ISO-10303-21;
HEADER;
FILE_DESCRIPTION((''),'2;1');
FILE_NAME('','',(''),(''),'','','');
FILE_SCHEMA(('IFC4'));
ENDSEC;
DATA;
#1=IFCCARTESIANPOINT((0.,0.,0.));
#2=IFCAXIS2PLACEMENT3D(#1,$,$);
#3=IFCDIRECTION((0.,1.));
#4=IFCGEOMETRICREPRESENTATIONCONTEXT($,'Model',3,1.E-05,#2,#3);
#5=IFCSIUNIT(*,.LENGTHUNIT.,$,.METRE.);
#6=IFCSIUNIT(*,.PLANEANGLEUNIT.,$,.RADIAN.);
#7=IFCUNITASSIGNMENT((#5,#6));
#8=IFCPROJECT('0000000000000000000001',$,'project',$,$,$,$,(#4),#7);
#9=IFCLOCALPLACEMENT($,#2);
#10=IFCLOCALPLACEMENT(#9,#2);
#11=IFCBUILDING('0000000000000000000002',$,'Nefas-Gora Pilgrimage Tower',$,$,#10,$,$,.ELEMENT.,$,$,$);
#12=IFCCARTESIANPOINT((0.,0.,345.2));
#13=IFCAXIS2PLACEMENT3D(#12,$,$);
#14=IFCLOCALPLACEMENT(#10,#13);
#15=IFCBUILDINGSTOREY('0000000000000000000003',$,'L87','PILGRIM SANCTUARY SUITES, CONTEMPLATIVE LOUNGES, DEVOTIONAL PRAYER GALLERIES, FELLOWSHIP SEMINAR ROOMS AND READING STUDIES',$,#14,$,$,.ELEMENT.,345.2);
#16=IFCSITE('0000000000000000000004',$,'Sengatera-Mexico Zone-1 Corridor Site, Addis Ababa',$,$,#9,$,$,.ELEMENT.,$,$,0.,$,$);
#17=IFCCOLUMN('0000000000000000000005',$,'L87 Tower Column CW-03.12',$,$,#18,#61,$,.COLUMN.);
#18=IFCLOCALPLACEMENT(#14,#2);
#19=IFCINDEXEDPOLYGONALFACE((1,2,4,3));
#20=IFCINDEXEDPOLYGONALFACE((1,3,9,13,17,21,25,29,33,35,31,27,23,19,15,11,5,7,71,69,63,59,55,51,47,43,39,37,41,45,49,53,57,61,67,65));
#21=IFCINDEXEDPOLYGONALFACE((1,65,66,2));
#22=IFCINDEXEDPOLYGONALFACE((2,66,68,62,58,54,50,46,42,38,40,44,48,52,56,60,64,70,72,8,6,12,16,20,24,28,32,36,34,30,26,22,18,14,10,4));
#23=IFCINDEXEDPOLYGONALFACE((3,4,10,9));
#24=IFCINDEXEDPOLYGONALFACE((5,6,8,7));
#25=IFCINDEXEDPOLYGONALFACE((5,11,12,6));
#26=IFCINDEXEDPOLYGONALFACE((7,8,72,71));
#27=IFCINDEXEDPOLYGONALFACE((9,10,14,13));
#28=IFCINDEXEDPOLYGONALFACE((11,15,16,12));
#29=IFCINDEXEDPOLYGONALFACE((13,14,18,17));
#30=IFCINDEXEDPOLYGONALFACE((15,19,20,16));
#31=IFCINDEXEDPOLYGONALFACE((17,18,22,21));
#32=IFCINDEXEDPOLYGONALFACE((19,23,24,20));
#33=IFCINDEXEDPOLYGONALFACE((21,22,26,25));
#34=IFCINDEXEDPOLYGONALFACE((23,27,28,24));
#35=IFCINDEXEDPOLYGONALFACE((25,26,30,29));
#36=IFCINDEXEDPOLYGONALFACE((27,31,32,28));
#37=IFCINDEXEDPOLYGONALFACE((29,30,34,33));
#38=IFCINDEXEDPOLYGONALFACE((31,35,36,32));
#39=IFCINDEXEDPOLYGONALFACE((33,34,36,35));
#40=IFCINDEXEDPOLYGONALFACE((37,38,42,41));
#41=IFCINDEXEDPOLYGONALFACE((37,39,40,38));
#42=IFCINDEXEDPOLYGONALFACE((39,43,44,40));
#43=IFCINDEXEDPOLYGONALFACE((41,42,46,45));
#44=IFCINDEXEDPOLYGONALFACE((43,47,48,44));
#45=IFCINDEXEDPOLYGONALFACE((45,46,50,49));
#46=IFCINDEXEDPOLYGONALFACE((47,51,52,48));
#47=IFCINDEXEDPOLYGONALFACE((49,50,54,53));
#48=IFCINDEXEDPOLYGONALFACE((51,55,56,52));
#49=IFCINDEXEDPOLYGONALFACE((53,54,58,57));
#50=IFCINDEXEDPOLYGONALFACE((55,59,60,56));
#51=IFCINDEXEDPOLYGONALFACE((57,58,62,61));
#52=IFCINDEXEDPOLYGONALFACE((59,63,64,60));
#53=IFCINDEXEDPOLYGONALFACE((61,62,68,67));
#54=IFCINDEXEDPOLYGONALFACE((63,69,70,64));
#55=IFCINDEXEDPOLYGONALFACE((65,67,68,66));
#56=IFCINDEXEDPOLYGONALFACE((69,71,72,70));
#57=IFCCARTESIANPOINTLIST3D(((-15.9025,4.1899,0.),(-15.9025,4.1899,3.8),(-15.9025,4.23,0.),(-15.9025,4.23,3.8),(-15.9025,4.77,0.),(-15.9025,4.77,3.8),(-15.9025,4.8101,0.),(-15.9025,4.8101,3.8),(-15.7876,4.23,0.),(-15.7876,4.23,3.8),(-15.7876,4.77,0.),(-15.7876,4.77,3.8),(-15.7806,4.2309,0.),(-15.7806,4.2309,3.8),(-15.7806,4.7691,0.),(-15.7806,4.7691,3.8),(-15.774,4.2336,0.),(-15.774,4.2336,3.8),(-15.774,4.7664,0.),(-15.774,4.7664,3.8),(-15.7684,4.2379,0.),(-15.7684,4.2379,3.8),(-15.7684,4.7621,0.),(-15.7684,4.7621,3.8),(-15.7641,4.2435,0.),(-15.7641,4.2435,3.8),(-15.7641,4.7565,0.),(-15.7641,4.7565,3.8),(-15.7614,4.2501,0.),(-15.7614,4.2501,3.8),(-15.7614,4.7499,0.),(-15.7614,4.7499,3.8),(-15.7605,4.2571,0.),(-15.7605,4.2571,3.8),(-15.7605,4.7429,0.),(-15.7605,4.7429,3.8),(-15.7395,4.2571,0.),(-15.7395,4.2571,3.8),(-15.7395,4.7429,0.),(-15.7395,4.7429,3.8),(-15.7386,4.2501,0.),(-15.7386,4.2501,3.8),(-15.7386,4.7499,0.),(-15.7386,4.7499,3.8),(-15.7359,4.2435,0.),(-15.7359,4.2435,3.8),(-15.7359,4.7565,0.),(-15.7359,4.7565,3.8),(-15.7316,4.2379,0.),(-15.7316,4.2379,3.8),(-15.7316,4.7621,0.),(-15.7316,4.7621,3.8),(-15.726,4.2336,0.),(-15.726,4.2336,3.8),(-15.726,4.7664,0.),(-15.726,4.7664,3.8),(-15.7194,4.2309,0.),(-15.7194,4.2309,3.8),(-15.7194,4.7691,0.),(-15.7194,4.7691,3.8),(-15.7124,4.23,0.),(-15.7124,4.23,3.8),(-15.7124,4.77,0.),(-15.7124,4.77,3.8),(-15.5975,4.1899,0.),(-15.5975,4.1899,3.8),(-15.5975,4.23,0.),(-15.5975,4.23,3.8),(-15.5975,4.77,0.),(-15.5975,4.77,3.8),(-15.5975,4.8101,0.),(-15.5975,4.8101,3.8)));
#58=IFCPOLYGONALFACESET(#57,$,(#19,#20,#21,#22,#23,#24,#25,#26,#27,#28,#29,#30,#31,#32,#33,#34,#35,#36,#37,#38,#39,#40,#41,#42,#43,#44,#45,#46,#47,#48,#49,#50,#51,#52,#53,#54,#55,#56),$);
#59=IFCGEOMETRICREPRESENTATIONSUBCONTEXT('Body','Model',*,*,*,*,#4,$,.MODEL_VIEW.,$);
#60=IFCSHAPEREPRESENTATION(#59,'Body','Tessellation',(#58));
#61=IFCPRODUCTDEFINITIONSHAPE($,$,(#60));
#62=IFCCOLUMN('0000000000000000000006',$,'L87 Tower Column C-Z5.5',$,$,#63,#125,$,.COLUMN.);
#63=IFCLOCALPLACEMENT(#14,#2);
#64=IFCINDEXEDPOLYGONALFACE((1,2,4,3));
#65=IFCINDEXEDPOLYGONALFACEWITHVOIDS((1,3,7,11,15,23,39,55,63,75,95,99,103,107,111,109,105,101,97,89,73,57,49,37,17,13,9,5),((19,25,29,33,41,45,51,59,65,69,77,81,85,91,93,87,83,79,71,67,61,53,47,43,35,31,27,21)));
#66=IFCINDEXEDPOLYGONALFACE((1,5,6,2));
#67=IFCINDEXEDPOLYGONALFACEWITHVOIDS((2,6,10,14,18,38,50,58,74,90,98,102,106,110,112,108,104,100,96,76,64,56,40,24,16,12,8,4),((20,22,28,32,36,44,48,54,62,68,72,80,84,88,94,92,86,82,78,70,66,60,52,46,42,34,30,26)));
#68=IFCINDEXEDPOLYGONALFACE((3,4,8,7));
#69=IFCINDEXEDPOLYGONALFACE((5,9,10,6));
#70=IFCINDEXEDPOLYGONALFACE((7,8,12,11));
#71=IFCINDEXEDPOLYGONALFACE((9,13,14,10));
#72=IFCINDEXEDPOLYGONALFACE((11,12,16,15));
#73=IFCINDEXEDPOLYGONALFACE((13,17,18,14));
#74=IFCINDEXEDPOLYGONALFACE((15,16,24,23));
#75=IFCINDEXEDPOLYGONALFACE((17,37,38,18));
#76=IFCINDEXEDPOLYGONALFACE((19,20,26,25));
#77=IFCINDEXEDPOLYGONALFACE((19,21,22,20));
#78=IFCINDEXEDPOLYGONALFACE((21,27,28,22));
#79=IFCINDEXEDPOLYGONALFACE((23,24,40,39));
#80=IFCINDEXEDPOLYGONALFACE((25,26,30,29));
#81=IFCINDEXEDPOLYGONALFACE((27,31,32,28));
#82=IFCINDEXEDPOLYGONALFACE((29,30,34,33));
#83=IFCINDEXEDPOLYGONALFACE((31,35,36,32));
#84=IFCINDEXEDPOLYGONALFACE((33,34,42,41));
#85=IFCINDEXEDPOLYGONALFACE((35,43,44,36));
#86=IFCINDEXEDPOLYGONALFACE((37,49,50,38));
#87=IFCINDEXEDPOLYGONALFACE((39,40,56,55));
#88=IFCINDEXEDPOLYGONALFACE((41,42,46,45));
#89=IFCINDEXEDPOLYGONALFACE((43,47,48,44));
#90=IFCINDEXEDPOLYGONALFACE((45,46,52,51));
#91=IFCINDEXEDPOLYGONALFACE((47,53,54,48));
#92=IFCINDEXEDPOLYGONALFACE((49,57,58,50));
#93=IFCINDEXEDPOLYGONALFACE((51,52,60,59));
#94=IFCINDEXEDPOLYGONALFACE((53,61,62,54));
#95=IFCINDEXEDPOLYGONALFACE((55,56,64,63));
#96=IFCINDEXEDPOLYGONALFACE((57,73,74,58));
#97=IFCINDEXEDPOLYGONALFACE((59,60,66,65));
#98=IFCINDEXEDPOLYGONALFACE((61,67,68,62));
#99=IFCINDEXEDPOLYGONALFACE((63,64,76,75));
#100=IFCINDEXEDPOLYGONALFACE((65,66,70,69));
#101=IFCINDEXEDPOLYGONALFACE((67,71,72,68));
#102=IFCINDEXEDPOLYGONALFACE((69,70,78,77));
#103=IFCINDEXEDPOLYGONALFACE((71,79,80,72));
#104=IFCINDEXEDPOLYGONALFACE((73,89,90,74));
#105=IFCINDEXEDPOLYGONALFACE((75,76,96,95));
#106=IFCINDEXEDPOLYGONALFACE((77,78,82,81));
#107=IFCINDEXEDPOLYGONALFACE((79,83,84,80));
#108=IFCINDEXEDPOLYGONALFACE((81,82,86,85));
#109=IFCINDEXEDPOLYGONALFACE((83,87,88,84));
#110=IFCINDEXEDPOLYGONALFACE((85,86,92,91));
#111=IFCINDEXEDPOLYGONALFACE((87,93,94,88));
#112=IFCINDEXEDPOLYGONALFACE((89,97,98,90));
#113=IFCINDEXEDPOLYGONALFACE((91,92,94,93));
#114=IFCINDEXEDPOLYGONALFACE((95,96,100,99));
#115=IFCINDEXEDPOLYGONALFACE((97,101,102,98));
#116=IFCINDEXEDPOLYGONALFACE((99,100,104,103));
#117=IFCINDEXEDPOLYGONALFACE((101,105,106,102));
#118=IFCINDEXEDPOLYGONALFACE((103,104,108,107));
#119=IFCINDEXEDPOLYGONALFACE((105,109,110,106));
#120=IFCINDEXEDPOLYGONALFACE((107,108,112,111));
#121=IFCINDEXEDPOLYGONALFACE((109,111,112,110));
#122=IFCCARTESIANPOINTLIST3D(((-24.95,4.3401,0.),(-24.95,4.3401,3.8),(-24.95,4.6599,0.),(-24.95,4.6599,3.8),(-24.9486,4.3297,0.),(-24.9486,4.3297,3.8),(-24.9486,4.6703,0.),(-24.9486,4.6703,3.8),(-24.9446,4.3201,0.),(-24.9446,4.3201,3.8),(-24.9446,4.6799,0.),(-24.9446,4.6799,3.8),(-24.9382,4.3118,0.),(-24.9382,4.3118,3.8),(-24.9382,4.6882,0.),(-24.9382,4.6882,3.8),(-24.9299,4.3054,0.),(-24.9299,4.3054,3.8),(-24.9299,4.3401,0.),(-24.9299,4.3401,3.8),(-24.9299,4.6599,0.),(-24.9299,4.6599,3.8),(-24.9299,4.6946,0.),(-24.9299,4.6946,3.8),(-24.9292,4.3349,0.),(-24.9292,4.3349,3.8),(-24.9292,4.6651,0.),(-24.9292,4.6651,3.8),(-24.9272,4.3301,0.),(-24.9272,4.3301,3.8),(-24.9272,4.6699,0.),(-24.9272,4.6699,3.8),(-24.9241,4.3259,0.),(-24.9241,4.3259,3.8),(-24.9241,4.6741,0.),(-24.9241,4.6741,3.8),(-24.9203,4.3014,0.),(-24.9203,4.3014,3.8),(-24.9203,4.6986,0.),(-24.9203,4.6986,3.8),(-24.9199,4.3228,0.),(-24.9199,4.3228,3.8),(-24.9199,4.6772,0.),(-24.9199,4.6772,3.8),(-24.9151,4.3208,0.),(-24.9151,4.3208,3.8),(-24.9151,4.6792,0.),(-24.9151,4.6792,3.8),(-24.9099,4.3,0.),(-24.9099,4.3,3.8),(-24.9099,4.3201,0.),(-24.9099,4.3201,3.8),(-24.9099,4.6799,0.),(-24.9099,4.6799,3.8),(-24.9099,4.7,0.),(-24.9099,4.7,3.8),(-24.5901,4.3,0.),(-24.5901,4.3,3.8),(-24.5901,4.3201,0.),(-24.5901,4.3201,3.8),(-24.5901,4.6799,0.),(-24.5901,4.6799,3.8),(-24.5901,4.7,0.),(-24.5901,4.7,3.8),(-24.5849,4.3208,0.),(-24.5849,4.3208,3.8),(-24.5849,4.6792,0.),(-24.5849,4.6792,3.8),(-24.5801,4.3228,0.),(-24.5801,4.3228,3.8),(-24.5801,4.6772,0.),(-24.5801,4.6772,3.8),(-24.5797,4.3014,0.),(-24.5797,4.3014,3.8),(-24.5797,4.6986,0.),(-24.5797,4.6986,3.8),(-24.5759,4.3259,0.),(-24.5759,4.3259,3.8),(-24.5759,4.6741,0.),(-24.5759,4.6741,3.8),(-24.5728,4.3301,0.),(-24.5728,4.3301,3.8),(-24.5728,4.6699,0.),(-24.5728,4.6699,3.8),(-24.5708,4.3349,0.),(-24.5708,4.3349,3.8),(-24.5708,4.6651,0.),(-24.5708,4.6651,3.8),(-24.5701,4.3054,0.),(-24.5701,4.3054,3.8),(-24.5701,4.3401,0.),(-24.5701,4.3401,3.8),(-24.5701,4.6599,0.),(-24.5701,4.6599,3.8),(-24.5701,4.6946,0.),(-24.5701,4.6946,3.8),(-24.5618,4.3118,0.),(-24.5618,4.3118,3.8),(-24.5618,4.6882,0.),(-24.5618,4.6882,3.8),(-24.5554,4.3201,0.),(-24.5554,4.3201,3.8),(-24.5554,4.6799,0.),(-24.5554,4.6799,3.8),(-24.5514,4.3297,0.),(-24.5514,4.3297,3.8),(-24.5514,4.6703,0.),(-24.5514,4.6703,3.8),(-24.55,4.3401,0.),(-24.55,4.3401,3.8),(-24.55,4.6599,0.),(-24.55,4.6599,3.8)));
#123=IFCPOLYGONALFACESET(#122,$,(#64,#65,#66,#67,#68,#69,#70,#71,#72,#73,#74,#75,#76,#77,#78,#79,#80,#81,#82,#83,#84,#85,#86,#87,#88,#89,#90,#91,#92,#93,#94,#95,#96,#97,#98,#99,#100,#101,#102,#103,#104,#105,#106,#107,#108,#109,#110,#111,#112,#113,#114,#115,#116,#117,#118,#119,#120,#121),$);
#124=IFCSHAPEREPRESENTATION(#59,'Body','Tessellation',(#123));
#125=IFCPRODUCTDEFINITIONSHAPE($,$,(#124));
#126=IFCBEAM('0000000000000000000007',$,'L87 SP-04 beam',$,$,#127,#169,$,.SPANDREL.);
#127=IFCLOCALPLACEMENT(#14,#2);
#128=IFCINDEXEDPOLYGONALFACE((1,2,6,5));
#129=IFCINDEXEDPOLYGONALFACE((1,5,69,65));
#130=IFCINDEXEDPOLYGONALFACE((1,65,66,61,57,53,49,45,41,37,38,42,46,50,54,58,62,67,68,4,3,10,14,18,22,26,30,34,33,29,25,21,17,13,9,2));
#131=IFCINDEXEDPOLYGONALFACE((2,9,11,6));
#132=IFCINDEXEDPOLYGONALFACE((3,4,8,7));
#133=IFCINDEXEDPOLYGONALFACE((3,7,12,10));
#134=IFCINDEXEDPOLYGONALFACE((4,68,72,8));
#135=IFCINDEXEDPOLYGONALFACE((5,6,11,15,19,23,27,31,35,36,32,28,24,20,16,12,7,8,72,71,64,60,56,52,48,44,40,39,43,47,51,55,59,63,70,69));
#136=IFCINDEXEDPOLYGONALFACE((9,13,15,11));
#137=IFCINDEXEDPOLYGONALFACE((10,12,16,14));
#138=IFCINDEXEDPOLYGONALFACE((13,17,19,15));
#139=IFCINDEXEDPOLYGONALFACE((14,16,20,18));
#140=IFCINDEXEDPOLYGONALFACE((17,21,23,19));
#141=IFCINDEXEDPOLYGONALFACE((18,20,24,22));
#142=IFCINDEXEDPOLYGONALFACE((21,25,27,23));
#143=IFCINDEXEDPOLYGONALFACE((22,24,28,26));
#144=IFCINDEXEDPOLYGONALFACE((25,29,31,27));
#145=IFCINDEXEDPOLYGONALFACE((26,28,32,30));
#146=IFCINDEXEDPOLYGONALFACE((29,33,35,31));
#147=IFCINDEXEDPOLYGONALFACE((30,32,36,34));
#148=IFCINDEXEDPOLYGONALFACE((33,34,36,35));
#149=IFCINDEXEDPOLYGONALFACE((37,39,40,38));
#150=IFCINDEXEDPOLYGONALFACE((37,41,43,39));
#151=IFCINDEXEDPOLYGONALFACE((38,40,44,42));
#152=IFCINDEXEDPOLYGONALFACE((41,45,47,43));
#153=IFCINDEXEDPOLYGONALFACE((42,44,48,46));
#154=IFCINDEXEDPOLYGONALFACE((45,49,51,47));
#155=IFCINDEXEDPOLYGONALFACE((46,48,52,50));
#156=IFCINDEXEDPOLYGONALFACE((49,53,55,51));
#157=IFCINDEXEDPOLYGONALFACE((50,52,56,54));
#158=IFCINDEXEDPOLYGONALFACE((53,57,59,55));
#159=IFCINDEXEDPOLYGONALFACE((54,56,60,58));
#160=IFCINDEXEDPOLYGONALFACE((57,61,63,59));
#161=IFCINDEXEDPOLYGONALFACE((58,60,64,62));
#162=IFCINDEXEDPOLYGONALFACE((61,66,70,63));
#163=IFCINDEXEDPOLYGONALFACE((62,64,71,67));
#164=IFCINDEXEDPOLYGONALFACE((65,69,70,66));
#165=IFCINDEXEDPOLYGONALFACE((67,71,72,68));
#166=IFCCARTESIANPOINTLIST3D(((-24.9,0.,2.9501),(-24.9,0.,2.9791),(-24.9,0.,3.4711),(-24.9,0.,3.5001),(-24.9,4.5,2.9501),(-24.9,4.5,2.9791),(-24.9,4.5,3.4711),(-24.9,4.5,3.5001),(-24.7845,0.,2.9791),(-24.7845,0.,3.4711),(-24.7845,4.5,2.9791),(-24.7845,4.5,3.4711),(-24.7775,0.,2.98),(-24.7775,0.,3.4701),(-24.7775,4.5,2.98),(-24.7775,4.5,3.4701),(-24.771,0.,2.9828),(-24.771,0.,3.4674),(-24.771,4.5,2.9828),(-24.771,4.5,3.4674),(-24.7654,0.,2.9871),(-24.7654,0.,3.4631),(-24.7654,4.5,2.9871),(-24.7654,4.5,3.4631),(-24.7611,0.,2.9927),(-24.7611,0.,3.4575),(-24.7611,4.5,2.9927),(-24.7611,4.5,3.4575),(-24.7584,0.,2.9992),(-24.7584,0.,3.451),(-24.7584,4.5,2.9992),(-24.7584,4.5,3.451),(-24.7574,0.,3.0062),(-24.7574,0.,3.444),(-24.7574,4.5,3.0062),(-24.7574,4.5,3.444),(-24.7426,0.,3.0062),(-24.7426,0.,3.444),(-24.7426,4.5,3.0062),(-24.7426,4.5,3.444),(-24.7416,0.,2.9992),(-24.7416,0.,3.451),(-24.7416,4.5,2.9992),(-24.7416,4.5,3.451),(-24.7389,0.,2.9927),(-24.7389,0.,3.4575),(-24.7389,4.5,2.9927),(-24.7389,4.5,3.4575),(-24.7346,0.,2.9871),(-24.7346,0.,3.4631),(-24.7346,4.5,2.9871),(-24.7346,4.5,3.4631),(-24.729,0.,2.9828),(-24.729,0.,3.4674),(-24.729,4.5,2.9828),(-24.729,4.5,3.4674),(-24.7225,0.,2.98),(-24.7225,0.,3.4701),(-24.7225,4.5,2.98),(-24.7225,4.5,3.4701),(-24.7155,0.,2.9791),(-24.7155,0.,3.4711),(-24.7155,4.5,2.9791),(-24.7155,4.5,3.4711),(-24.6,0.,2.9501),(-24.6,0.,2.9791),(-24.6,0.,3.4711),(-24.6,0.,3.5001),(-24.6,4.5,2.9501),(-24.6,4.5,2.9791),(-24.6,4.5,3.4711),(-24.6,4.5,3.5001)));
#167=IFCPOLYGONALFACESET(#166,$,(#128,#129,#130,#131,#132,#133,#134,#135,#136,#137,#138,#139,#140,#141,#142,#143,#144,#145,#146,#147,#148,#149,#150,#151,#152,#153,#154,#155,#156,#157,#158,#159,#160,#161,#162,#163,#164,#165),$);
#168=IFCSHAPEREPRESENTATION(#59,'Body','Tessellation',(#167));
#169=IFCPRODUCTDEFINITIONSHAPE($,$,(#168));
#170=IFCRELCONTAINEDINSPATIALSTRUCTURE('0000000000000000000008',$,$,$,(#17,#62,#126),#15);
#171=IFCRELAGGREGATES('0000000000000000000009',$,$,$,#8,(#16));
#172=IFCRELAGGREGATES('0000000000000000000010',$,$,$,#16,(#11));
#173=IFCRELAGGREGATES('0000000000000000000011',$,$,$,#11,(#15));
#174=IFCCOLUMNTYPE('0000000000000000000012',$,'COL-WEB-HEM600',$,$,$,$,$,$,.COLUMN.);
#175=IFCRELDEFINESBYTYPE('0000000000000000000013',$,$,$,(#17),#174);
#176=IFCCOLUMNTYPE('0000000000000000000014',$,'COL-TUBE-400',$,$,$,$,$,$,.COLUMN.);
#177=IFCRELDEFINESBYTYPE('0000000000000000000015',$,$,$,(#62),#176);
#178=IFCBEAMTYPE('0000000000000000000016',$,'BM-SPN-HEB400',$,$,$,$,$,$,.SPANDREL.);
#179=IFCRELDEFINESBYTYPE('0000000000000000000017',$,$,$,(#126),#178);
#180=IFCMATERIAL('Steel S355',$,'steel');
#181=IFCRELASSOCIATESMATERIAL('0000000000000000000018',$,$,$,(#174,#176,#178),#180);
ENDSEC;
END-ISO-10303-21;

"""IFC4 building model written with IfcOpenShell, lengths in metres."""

from ifc_helpers import new_model, si_unit, direction, frame, origin, origin_2d, place, context, subcontext, project, spatial, hollow_rectangle, i_section, extrude, source, transform, mapped, material, material_profile, profile_set, type_object, element, save


model = new_model("IFC4")

# Units and contexts
model_context = context("Model", 3, precision=1e-05, world=origin(), true_north=direction((0.0, 1.0)))
body_context = subcontext(model_context, "Body", "Model", "MODEL_VIEW")
ifc_project = project(units=[si_unit("LENGTHUNIT", "METRE"), si_unit("PLANEANGLEUNIT", "RADIAN")], contexts=[model_context])

# Site, building, storey
site_placement = place(None, origin())
site = spatial("IfcSite", under=ifc_project, at=site_placement, Name="Sengatera-Mexico Zone-1 Corridor Site, Addis Ababa", CompositionType="ELEMENT", RefElevation=0.0)
building_placement = place(site_placement, origin())
building = spatial("IfcBuilding", under=site, at=building_placement, Name="Nefas-Gora Pilgrimage Tower", CompositionType="ELEMENT")
storey_placement = place(building_placement, frame((0.0, 0.0, 345.2)))
storey = spatial("IfcBuildingStorey", under=building, at=storey_placement, Name="L87", Description="PILGRIM SANCTUARY SUITES, CONTEMPLATIVE LOUNGES, DEVOTIONAL PRAYER GALLERIES, FELLOWSHIP SEMINAR ROOMS AND READING STUDIES", CompositionType="ELEMENT", Elevation=345.2)

# Columns
ifc_material_1 = material(Name="Steel S355", Category="steel")
ifc_material_profile_1 = material_profile(ifc_material_1, i_section(OverallWidth=0.3049, OverallDepth=0.6201, WebThickness=0.021, FlangeThickness=0.04, FilletRadius=0.0271, at=origin_2d()), Name="HEM 600")
ifc_profile_set_1 = profile_set([ifc_material_profile_1], Name="Steel S355")
column_type_1 = type_object("IfcColumnType", Name="COL-WEB-HEM600", PredefinedType="COLUMN", material=ifc_profile_set_1)
shared_shape_1 = source(origin(), body_context, "Body", "SweptSolid", [
    extrude(i_section(OverallWidth=0.3049, OverallDepth=0.6201, WebThickness=0.021, FlangeThickness=0.04, FilletRadius=0.0271, at=origin_2d()), origin(), (0.0, 0.0, 1.0), 3.8),
])
column_1_placement = place(storey_placement, frame((-15.75, 4.5, 0.0), z_axis=(0.0, 0.0, 1.0), x_axis=(1.0, 0.0, 0.0)))
element("IfcColumn", 1, at=column_1_placement, inside=storey, type_object=column_type_1, Name="L87 Tower Column CW-03.12", PredefinedType="COLUMN", context=body_context, shape_type="MappedRepresentation", body=[
    mapped(shared_shape_1, transform((0.0, 0.0, 0.0), x_axis=(1.0, 0.0, 0.0), y_axis=(0.0, 1.0, 0.0), z_axis=(0.0, 0.0, 1.0), scale=1.0)),
])
ifc_material_profile_2 = material_profile(ifc_material_1, hollow_rectangle(XDim=0.3999, YDim=0.3999, WallThickness=0.02, InnerFilletRadius=0.02, OuterFilletRadius=0.04, at=origin_2d()), Name="SHS 400x400x20")
ifc_profile_set_2 = profile_set([ifc_material_profile_2], Name="Steel S355")
column_type_2 = type_object("IfcColumnType", Name="COL-TUBE-400", PredefinedType="COLUMN", material=ifc_profile_set_2)
shared_shape_2 = source(origin(), body_context, "Body", "SweptSolid", [
    extrude(hollow_rectangle(XDim=0.3999, YDim=0.3999, WallThickness=0.02, InnerFilletRadius=0.02, OuterFilletRadius=0.04, at=origin_2d()), origin(), (0.0, 0.0, 1.0), 3.8),
])
column_2_placement = place(storey_placement, frame((-24.75, 4.5, 0.0), z_axis=(0.0, 0.0, 1.0), x_axis=(1.0, 0.0, 0.0)))
element("IfcColumn", 2, at=column_2_placement, inside=storey, type_object=column_type_2, Name="L87 Tower Column C-Z5.5", PredefinedType="COLUMN", context=body_context, shape_type="MappedRepresentation", body=[
    mapped(shared_shape_2, transform((0.0, 0.0, 0.0), x_axis=(1.0, 0.0, 0.0), y_axis=(0.0, 1.0, 0.0), z_axis=(0.0, 0.0, 1.0), scale=1.0)),
])

# Beam
ifc_material_profile_3 = material_profile(ifc_material_1, i_section(OverallWidth=0.3, OverallDepth=0.55, WebThickness=0.0149, FlangeThickness=0.0291, FilletRadius=0.0271, at=origin_2d()), Name="HEB 550")
ifc_profile_set_3 = profile_set([ifc_material_profile_3], Name="Steel S355")
beam_type_1 = type_object("IfcBeamType", Name="BM-SPN-HEB400", PredefinedType="SPANDREL", material=ifc_profile_set_3)
shared_shape_3 = source(origin(), body_context, "Body", "SweptSolid", [
    extrude(i_section(OverallWidth=0.3, OverallDepth=0.55, WebThickness=0.0149, FlangeThickness=0.0291, FilletRadius=0.0271, at=origin_2d()), origin(), (0.0, 0.0, 1.0), 4.5),
])
for number, where, z_axis, x_axis, name in (
    (3, (-24.75, 0.0, 3.2251), (0.0, 1.0, 0.0), (-1.0, 0.0, 0.0), "L87 SP-04 beam"),
):
    element("IfcBeam", number, at=place(storey_placement, frame(where, z_axis=z_axis, x_axis=x_axis)), inside=storey, type_object=beam_type_1, Name=name, PredefinedType="SPANDREL", context=body_context, shape_type="MappedRepresentation", body=[
        mapped(shared_shape_3, transform((0.0, 0.0, 0.0), x_axis=(1.0, 0.0, 0.0), y_axis=(0.0, 1.0, 0.0), z_axis=(0.0, 0.0, 1.0), scale=1.0)),
    ])

save(model, "model.ifc")
